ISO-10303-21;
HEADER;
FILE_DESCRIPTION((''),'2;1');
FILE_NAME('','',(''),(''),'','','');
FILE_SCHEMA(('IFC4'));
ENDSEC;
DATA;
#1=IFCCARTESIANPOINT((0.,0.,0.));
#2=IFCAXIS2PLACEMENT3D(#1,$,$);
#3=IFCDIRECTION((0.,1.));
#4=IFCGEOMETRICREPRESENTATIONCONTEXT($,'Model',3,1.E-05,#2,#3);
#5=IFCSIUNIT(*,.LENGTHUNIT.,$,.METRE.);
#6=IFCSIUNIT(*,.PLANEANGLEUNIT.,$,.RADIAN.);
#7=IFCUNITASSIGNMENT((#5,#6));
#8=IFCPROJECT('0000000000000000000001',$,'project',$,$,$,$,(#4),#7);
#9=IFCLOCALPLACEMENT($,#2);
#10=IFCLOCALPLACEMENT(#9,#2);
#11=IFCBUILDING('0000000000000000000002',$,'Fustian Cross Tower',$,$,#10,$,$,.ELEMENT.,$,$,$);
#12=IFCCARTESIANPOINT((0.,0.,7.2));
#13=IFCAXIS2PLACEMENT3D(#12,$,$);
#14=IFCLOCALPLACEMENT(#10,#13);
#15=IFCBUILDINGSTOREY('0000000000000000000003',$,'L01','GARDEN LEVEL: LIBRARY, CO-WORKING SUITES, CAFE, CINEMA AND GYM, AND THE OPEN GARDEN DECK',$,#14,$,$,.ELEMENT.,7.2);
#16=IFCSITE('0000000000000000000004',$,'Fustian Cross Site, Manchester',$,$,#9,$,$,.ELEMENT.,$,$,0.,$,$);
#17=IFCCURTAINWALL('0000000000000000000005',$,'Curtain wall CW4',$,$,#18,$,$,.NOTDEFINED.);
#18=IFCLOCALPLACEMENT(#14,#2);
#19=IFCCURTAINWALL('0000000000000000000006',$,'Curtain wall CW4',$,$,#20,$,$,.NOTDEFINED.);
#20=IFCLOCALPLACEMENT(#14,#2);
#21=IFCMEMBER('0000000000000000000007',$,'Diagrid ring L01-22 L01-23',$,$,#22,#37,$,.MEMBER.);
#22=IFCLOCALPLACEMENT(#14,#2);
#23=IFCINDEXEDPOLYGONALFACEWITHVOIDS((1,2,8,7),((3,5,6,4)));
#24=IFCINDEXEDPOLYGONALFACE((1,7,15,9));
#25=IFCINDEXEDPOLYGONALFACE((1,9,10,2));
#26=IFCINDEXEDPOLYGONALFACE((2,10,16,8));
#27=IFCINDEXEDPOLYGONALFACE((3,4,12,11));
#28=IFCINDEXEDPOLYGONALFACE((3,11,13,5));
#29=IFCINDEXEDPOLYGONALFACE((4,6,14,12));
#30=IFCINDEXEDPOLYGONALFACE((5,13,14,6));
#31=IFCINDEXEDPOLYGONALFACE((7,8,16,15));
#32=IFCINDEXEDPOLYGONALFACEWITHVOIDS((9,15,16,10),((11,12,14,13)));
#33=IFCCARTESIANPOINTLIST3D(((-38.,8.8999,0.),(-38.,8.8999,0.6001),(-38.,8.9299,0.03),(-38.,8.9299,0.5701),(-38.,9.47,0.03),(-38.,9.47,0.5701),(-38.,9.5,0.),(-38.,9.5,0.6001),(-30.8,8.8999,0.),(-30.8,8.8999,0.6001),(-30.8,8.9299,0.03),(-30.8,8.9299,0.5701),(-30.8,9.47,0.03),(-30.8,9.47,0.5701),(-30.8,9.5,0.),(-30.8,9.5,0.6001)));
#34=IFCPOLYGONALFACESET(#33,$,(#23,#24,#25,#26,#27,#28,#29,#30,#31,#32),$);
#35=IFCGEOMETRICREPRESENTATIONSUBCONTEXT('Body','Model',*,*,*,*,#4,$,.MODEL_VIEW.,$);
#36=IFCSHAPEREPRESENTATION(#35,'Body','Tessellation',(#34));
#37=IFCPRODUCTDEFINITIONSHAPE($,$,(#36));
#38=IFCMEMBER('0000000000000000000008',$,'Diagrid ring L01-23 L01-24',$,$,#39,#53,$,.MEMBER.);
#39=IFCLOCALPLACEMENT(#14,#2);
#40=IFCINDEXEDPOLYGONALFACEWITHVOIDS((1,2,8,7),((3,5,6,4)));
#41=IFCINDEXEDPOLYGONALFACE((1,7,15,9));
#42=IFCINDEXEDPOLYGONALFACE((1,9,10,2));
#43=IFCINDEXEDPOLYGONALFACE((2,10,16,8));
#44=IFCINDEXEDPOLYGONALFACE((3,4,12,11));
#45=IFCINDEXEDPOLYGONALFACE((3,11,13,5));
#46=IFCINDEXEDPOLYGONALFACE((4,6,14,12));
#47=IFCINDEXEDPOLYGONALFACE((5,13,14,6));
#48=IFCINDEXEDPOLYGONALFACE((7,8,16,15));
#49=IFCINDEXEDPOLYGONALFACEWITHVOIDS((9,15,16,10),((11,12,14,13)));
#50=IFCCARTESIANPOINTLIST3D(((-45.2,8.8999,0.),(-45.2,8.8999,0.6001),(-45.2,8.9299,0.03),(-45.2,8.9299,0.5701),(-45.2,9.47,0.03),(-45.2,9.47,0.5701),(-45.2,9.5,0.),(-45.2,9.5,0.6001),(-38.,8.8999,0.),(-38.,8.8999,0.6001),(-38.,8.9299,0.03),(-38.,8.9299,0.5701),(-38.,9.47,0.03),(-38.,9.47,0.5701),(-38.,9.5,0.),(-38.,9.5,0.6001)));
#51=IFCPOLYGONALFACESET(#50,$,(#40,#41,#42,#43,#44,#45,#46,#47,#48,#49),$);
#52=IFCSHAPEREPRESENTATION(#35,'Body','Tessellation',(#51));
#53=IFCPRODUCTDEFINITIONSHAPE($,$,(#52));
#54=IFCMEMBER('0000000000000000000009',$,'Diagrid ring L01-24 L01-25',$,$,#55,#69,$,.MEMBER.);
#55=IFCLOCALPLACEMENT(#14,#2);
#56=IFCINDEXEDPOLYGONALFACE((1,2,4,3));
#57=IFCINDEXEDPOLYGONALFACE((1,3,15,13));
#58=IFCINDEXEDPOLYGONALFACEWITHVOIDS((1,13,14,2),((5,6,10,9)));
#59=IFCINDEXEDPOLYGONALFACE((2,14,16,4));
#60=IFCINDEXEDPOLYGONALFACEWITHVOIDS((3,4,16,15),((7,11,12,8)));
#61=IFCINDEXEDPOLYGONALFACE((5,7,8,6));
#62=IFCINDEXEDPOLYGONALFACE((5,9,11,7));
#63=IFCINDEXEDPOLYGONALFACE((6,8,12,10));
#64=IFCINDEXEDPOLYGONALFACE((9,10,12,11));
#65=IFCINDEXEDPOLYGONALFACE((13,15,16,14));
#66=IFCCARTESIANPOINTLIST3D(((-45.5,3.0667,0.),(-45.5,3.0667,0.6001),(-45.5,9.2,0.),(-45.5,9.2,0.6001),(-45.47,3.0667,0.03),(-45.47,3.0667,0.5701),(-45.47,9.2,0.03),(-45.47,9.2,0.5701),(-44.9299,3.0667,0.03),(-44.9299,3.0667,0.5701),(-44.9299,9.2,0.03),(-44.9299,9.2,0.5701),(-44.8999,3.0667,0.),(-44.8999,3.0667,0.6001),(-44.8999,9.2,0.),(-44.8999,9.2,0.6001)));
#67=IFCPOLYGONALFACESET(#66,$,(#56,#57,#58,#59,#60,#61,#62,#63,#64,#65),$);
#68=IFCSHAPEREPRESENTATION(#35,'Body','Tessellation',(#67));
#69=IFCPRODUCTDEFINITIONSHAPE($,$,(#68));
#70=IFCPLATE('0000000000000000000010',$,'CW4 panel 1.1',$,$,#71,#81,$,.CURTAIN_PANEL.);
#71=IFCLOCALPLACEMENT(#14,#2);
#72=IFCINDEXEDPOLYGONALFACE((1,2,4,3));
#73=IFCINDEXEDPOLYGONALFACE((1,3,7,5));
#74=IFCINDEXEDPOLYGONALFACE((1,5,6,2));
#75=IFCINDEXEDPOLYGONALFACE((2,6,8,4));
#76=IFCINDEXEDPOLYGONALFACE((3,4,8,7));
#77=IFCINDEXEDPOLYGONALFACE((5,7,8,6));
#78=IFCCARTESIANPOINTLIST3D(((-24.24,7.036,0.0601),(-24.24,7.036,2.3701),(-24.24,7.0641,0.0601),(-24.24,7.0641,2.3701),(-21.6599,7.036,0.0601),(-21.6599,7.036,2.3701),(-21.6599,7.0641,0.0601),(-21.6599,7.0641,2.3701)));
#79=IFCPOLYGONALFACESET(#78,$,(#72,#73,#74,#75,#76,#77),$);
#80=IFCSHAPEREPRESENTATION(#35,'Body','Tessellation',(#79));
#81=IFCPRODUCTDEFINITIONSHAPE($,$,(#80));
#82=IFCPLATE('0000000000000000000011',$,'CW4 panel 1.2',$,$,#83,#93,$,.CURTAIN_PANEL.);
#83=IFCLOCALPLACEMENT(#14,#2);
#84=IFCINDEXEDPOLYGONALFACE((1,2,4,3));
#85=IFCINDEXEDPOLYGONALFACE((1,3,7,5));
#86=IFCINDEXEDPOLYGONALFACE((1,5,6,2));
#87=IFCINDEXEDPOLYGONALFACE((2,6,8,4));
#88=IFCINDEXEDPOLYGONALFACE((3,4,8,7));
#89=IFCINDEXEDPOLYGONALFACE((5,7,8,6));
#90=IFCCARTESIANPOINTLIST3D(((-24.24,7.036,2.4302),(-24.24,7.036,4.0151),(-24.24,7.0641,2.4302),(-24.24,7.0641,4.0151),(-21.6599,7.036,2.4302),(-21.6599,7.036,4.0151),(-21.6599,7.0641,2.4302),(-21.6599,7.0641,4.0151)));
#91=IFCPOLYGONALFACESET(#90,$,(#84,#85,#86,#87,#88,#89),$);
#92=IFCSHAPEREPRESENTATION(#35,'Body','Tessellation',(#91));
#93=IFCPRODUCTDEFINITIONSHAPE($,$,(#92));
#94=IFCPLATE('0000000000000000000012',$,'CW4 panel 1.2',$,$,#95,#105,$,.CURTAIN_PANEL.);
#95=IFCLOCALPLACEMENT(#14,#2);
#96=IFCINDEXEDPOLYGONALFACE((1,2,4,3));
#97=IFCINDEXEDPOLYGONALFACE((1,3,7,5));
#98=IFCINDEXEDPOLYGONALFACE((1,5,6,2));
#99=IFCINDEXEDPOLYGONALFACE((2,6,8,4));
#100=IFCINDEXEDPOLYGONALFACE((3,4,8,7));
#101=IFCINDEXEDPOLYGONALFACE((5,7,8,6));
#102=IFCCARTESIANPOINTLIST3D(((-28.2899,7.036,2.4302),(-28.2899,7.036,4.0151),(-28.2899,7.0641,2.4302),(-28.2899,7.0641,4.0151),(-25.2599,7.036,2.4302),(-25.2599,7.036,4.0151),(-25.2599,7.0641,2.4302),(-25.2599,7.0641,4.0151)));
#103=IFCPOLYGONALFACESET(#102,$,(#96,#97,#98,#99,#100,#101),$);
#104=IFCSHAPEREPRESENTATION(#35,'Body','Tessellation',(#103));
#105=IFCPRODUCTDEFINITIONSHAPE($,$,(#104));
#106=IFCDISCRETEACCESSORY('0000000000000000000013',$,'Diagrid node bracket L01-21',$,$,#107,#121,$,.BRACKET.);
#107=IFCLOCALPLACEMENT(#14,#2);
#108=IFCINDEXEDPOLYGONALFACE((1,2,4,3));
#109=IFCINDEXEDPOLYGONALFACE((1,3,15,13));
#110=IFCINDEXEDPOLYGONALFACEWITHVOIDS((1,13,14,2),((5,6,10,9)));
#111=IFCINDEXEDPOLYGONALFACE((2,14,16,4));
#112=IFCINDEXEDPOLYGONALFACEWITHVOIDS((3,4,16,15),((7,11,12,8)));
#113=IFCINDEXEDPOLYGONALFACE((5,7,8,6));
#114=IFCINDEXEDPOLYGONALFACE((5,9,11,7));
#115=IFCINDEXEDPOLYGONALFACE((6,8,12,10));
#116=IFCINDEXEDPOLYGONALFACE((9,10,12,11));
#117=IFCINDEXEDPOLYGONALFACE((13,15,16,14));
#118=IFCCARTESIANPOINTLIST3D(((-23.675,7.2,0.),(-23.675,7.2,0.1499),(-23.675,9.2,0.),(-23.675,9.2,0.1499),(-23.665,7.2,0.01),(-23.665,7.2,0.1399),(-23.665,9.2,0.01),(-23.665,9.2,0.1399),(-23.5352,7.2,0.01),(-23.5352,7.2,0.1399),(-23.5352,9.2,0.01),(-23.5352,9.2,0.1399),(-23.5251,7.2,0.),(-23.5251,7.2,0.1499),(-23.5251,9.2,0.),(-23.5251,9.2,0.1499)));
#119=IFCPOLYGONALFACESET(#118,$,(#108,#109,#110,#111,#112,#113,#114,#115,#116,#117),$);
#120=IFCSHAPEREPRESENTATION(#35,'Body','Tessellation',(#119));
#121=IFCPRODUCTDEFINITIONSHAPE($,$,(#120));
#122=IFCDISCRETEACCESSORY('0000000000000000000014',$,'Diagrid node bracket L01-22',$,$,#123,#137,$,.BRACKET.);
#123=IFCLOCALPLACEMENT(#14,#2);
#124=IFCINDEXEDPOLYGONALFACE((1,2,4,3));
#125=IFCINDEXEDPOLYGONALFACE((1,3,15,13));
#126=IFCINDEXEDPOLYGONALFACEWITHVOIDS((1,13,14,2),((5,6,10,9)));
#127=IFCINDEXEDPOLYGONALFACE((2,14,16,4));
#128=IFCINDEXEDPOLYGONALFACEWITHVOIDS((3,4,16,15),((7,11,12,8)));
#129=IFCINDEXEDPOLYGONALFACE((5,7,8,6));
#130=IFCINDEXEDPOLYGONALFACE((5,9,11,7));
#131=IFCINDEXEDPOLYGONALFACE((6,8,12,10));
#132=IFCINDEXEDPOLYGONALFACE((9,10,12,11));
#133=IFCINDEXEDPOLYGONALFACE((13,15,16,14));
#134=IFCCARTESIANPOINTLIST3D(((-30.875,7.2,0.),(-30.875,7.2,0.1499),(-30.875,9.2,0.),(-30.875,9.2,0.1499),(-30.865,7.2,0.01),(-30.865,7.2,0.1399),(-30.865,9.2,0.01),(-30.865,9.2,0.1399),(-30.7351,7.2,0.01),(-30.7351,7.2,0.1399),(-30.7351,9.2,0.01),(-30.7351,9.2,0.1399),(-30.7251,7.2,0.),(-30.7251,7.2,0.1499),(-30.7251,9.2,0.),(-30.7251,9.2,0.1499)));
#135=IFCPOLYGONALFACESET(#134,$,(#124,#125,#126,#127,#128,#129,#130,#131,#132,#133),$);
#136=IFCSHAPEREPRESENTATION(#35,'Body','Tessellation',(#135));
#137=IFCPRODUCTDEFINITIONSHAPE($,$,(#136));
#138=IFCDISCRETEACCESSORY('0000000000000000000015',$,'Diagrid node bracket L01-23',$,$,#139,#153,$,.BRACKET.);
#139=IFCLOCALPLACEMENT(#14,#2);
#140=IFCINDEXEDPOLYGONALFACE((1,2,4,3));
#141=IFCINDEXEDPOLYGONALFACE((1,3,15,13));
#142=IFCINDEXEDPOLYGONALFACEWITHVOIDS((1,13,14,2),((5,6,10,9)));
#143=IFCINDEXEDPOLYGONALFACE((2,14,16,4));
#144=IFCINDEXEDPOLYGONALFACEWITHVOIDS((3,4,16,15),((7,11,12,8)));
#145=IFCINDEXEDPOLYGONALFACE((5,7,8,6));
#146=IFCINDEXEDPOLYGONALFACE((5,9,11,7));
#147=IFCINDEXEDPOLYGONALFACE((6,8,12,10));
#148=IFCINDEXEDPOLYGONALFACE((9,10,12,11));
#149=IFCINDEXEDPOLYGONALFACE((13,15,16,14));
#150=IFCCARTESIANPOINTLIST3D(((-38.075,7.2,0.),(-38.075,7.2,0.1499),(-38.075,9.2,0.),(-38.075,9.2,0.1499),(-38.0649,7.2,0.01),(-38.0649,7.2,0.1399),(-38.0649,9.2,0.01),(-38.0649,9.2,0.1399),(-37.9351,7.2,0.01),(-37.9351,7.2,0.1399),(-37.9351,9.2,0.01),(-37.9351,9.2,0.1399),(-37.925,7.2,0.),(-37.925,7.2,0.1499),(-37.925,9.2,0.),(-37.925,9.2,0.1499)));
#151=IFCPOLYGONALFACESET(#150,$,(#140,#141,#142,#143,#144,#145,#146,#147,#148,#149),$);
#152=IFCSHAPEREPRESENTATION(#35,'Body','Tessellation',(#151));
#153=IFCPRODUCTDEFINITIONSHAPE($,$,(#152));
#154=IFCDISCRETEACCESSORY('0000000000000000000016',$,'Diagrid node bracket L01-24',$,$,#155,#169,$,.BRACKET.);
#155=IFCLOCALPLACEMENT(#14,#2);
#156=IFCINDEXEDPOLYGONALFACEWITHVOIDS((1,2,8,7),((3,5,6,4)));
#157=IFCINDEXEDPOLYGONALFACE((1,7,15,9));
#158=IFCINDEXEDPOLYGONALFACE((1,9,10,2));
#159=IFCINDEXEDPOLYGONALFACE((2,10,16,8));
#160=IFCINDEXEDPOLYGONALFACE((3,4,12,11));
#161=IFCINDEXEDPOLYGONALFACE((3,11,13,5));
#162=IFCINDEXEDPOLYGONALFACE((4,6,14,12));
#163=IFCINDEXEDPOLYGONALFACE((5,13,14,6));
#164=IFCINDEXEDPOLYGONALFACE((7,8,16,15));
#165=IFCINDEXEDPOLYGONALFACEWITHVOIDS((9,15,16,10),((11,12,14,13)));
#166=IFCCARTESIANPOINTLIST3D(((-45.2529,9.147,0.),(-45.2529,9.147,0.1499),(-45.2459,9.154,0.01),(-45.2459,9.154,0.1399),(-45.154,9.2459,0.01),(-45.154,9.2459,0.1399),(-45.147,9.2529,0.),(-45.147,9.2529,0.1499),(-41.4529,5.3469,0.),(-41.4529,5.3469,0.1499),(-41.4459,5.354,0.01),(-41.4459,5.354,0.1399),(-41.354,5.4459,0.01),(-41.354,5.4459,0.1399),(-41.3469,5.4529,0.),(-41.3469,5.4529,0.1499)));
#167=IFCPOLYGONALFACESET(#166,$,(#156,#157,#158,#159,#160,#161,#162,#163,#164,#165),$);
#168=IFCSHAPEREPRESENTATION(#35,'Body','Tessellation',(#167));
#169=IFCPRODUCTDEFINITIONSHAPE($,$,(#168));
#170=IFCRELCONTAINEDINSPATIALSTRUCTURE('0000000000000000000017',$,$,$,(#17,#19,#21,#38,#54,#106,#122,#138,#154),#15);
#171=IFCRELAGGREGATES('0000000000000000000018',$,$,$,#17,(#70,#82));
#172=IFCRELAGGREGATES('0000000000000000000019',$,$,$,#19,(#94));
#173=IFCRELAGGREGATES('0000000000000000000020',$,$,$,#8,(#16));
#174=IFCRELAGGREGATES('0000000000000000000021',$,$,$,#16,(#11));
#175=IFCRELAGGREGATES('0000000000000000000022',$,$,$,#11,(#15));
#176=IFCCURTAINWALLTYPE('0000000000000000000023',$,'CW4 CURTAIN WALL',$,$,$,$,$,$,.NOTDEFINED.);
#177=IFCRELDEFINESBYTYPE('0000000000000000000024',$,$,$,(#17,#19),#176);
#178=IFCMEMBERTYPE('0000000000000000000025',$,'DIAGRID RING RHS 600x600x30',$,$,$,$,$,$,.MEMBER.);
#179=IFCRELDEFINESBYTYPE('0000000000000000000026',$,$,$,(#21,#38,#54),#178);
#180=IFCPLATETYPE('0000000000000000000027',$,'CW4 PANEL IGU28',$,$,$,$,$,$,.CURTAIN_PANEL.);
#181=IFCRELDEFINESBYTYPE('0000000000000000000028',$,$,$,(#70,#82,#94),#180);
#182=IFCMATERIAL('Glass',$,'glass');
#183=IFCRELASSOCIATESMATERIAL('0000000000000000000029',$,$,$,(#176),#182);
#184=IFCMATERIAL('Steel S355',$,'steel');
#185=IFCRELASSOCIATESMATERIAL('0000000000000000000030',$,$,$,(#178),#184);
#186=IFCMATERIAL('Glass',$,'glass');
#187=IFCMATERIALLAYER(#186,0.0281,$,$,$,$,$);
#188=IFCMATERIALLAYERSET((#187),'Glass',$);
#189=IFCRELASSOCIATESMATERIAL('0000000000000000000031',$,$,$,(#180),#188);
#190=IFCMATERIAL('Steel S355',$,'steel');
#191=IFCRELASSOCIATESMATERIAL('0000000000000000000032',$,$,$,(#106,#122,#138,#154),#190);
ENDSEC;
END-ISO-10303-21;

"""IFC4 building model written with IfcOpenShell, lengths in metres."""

from ifc_helpers import new_model, si_unit, direction, frame, origin, origin_2d, place, context, subcontext, project, spatial, rectangle, hollow_rectangle, extrude, material, layer, layer_set, material_profile, profile_set, type_object, element, aggregate, save


model = new_model("IFC4")

# Units and contexts
model_context = context("Model", 3, precision=1e-05, world=origin(), true_north=direction((0.0, 1.0)))
body_context = subcontext(model_context, "Body", "Model", "MODEL_VIEW")
ifc_project = project(units=[si_unit("LENGTHUNIT", "METRE"), si_unit("PLANEANGLEUNIT", "RADIAN")], contexts=[model_context])

# Site, building, storey
site_placement = place(None, origin())
site = spatial("IfcSite", under=ifc_project, at=site_placement, Name="Fustian Cross Site, Manchester", CompositionType="ELEMENT", RefElevation=0.0)
building_placement = place(site_placement, origin())
building = spatial("IfcBuilding", under=site, at=building_placement, Name="Fustian Cross Tower", CompositionType="ELEMENT")
storey_placement = place(building_placement, frame((0.0, 0.0, 7.2)))
storey = spatial("IfcBuildingStorey", under=building, at=storey_placement, Name="L01", Description="GARDEN LEVEL: LIBRARY, CO-WORKING SUITES, CAFE, CINEMA AND GYM, AND THE OPEN GARDEN DECK", CompositionType="ELEMENT", Elevation=7.2)

# Curtain wall
ifc_material_1 = material(Name="Glass", Category="glass")
curtain_wall_type = type_object("IfcCurtainWallType", Name="CW4 CURTAIN WALL", PredefinedType="NOTDEFINED", material=ifc_material_1)
curtain_wall_1_placement = place(storey_placement, origin())
curtain_wall_1 = element("IfcCurtainWall", 1, at=curtain_wall_1_placement, inside=storey, type_object=curtain_wall_type, Name="Curtain wall CW4", PredefinedType="NOTDEFINED")

# Curtain wall
curtain_wall_2_placement = place(storey_placement, origin())
curtain_wall_2 = element("IfcCurtainWall", 2, at=curtain_wall_2_placement, inside=storey, type_object=curtain_wall_type, Name="Curtain wall CW4", PredefinedType="NOTDEFINED")

# Members
ifc_material_2 = material(Name="Steel S355", Category="steel")
ifc_material_profile_1 = material_profile(ifc_material_2, hollow_rectangle(XDim=0.6001, YDim=0.6001, WallThickness=0.03, at=origin_2d()), Name="RHS 600x600x30")
ifc_profile_set_1 = profile_set([ifc_material_profile_1], Name="Steel S355")
member_type_1 = type_object("IfcMemberType", Name="DIAGRID RING RHS 600x600x30", PredefinedType="MEMBER", material=ifc_profile_set_1)
for number, where, z_axis, x_axis, name in (
    (3, (-30.8, 9.2, 0.3), (-1.0, 0.0, 0.0), (0.0, -1.0, 0.0), "Diagrid ring L01-22 L01-23"),
    (4, (-38.0, 9.2, 0.3), (-1.0, 0.0, 0.0), (0.0, -1.0, 0.0), "Diagrid ring L01-23 L01-24"),
):
    element("IfcMember", number, at=place(storey_placement, frame(where, z_axis=z_axis, x_axis=x_axis)), inside=storey, type_object=member_type_1, Name=name, PredefinedType="MEMBER", context=body_context, shape_type="SweptSolid", body=[
        extrude(hollow_rectangle(XDim=0.6001, YDim=0.6001, WallThickness=0.03, at=origin_2d()), origin(), (0.0, 0.0, 1.0), 7.2),
    ])
member_1_placement = place(storey_placement, frame((-45.2, 9.2, 0.3), z_axis=(0.0, -1.0, 0.0), x_axis=(1.0, 0.0, 0.0)))
element("IfcMember", 5, at=member_1_placement, inside=storey, type_object=member_type_1, Name="Diagrid ring L01-24 L01-25", PredefinedType="MEMBER", context=body_context, shape_type="SweptSolid", body=[
    extrude(hollow_rectangle(XDim=0.6001, YDim=0.6001, WallThickness=0.03, at=origin_2d()), origin(), (0.0, 0.0, 1.0), 6.1333),
])

# Plates
ifc_material_3 = material(Name="Glass", Category="glass")
ifc_layer = layer(ifc_material_3, 0.0281)
ifc_layer_set = layer_set([ifc_layer], Name="Glass")
plate_type = type_object("IfcPlateType", Name="CW4 PANEL IGU28", PredefinedType="CURTAIN_PANEL", material=ifc_layer_set)
plate_1_placement = place(storey_placement, frame((-22.95, 7.05, 0.0601), z_axis=(0.0, 0.0, 1.0), x_axis=(-1.0, 0.0, 0.0)))
plate_1 = element("IfcPlate", 6, at=plate_1_placement, type_object=plate_type, Name="CW4 panel 1.1", PredefinedType="CURTAIN_PANEL", context=body_context, shape_type="SweptSolid", body=[
    extrude(rectangle(XDim=2.5801, YDim=0.0281, at=origin_2d()), origin(), (0.0, 0.0, 1.0), 2.3101),
])
plate_2_placement = place(storey_placement, frame((-22.95, 7.05, 2.4302), z_axis=(0.0, 0.0, 1.0), x_axis=(-1.0, 0.0, 0.0)))
plate_2 = element("IfcPlate", 7, at=plate_2_placement, type_object=plate_type, Name="CW4 panel 1.2", PredefinedType="CURTAIN_PANEL", context=body_context, shape_type="SweptSolid", body=[
    extrude(rectangle(XDim=2.5801, YDim=0.0281, at=origin_2d()), origin(), (0.0, 0.0, 1.0), 1.585),
])
aggregate(curtain_wall_1, [plate_1, plate_2])
plate_3_placement = place(storey_placement, frame((-26.7749, 7.05, 2.4302), z_axis=(0.0, 0.0, 1.0), x_axis=(-1.0, 0.0, 0.0)))
plate_3 = element("IfcPlate", 8, at=plate_3_placement, type_object=plate_type, Name="CW4 panel 1.2", PredefinedType="CURTAIN_PANEL", context=body_context, shape_type="SweptSolid", body=[
    extrude(rectangle(XDim=3.03, YDim=0.0281, at=origin_2d()), origin(), (0.0, 0.0, 1.0), 1.585),
])
aggregate(curtain_wall_2, [plate_3])

# Discrete accessories
ifc_material_4 = material(Name="Steel S355", Category="steel")
for number, where, z_axis, x_axis, name in (
    (9, (-23.6001, 9.2, 0.075), (0.0, -1.0, 0.0), (1.0, 0.0, 0.0), "Diagrid node bracket L01-21"),
    (10, (-30.8, 9.2, 0.075), (0.0, -1.0, 0.0), (1.0, 0.0, 0.0), "Diagrid node bracket L01-22"),
    (11, (-38.0, 9.2, 0.075), (0.0, -1.0, 0.0), (1.0, 0.0, 0.0), "Diagrid node bracket L01-23"),
):
    element("IfcDiscreteAccessory", number, at=place(storey_placement, frame(where, z_axis=z_axis, x_axis=x_axis)), inside=storey, material=ifc_material_4, Name=name, PredefinedType="BRACKET", context=body_context, shape_type="SweptSolid", body=[
        extrude(hollow_rectangle(XDim=0.1499, YDim=0.1499, WallThickness=0.01, at=origin_2d()), origin(), (0.0, 0.0, 1.0), 2.0),
    ])
discrete_accessory_placement = place(storey_placement, frame((-45.2, 9.2, 0.075), z_axis=(0.707107, -0.707107, 0.0), x_axis=(0.707107, 0.707107, 0.0)))
element("IfcDiscreteAccessory", 12, at=discrete_accessory_placement, inside=storey, material=ifc_material_4, Name="Diagrid node bracket L01-24", PredefinedType="BRACKET", context=body_context, shape_type="SweptSolid", body=[
    extrude(hollow_rectangle(XDim=0.1499, YDim=0.1499, WallThickness=0.01, at=origin_2d()), origin(), (0.0, 0.0, 1.0), 5.374),
])

save(model, "model.ifc")
